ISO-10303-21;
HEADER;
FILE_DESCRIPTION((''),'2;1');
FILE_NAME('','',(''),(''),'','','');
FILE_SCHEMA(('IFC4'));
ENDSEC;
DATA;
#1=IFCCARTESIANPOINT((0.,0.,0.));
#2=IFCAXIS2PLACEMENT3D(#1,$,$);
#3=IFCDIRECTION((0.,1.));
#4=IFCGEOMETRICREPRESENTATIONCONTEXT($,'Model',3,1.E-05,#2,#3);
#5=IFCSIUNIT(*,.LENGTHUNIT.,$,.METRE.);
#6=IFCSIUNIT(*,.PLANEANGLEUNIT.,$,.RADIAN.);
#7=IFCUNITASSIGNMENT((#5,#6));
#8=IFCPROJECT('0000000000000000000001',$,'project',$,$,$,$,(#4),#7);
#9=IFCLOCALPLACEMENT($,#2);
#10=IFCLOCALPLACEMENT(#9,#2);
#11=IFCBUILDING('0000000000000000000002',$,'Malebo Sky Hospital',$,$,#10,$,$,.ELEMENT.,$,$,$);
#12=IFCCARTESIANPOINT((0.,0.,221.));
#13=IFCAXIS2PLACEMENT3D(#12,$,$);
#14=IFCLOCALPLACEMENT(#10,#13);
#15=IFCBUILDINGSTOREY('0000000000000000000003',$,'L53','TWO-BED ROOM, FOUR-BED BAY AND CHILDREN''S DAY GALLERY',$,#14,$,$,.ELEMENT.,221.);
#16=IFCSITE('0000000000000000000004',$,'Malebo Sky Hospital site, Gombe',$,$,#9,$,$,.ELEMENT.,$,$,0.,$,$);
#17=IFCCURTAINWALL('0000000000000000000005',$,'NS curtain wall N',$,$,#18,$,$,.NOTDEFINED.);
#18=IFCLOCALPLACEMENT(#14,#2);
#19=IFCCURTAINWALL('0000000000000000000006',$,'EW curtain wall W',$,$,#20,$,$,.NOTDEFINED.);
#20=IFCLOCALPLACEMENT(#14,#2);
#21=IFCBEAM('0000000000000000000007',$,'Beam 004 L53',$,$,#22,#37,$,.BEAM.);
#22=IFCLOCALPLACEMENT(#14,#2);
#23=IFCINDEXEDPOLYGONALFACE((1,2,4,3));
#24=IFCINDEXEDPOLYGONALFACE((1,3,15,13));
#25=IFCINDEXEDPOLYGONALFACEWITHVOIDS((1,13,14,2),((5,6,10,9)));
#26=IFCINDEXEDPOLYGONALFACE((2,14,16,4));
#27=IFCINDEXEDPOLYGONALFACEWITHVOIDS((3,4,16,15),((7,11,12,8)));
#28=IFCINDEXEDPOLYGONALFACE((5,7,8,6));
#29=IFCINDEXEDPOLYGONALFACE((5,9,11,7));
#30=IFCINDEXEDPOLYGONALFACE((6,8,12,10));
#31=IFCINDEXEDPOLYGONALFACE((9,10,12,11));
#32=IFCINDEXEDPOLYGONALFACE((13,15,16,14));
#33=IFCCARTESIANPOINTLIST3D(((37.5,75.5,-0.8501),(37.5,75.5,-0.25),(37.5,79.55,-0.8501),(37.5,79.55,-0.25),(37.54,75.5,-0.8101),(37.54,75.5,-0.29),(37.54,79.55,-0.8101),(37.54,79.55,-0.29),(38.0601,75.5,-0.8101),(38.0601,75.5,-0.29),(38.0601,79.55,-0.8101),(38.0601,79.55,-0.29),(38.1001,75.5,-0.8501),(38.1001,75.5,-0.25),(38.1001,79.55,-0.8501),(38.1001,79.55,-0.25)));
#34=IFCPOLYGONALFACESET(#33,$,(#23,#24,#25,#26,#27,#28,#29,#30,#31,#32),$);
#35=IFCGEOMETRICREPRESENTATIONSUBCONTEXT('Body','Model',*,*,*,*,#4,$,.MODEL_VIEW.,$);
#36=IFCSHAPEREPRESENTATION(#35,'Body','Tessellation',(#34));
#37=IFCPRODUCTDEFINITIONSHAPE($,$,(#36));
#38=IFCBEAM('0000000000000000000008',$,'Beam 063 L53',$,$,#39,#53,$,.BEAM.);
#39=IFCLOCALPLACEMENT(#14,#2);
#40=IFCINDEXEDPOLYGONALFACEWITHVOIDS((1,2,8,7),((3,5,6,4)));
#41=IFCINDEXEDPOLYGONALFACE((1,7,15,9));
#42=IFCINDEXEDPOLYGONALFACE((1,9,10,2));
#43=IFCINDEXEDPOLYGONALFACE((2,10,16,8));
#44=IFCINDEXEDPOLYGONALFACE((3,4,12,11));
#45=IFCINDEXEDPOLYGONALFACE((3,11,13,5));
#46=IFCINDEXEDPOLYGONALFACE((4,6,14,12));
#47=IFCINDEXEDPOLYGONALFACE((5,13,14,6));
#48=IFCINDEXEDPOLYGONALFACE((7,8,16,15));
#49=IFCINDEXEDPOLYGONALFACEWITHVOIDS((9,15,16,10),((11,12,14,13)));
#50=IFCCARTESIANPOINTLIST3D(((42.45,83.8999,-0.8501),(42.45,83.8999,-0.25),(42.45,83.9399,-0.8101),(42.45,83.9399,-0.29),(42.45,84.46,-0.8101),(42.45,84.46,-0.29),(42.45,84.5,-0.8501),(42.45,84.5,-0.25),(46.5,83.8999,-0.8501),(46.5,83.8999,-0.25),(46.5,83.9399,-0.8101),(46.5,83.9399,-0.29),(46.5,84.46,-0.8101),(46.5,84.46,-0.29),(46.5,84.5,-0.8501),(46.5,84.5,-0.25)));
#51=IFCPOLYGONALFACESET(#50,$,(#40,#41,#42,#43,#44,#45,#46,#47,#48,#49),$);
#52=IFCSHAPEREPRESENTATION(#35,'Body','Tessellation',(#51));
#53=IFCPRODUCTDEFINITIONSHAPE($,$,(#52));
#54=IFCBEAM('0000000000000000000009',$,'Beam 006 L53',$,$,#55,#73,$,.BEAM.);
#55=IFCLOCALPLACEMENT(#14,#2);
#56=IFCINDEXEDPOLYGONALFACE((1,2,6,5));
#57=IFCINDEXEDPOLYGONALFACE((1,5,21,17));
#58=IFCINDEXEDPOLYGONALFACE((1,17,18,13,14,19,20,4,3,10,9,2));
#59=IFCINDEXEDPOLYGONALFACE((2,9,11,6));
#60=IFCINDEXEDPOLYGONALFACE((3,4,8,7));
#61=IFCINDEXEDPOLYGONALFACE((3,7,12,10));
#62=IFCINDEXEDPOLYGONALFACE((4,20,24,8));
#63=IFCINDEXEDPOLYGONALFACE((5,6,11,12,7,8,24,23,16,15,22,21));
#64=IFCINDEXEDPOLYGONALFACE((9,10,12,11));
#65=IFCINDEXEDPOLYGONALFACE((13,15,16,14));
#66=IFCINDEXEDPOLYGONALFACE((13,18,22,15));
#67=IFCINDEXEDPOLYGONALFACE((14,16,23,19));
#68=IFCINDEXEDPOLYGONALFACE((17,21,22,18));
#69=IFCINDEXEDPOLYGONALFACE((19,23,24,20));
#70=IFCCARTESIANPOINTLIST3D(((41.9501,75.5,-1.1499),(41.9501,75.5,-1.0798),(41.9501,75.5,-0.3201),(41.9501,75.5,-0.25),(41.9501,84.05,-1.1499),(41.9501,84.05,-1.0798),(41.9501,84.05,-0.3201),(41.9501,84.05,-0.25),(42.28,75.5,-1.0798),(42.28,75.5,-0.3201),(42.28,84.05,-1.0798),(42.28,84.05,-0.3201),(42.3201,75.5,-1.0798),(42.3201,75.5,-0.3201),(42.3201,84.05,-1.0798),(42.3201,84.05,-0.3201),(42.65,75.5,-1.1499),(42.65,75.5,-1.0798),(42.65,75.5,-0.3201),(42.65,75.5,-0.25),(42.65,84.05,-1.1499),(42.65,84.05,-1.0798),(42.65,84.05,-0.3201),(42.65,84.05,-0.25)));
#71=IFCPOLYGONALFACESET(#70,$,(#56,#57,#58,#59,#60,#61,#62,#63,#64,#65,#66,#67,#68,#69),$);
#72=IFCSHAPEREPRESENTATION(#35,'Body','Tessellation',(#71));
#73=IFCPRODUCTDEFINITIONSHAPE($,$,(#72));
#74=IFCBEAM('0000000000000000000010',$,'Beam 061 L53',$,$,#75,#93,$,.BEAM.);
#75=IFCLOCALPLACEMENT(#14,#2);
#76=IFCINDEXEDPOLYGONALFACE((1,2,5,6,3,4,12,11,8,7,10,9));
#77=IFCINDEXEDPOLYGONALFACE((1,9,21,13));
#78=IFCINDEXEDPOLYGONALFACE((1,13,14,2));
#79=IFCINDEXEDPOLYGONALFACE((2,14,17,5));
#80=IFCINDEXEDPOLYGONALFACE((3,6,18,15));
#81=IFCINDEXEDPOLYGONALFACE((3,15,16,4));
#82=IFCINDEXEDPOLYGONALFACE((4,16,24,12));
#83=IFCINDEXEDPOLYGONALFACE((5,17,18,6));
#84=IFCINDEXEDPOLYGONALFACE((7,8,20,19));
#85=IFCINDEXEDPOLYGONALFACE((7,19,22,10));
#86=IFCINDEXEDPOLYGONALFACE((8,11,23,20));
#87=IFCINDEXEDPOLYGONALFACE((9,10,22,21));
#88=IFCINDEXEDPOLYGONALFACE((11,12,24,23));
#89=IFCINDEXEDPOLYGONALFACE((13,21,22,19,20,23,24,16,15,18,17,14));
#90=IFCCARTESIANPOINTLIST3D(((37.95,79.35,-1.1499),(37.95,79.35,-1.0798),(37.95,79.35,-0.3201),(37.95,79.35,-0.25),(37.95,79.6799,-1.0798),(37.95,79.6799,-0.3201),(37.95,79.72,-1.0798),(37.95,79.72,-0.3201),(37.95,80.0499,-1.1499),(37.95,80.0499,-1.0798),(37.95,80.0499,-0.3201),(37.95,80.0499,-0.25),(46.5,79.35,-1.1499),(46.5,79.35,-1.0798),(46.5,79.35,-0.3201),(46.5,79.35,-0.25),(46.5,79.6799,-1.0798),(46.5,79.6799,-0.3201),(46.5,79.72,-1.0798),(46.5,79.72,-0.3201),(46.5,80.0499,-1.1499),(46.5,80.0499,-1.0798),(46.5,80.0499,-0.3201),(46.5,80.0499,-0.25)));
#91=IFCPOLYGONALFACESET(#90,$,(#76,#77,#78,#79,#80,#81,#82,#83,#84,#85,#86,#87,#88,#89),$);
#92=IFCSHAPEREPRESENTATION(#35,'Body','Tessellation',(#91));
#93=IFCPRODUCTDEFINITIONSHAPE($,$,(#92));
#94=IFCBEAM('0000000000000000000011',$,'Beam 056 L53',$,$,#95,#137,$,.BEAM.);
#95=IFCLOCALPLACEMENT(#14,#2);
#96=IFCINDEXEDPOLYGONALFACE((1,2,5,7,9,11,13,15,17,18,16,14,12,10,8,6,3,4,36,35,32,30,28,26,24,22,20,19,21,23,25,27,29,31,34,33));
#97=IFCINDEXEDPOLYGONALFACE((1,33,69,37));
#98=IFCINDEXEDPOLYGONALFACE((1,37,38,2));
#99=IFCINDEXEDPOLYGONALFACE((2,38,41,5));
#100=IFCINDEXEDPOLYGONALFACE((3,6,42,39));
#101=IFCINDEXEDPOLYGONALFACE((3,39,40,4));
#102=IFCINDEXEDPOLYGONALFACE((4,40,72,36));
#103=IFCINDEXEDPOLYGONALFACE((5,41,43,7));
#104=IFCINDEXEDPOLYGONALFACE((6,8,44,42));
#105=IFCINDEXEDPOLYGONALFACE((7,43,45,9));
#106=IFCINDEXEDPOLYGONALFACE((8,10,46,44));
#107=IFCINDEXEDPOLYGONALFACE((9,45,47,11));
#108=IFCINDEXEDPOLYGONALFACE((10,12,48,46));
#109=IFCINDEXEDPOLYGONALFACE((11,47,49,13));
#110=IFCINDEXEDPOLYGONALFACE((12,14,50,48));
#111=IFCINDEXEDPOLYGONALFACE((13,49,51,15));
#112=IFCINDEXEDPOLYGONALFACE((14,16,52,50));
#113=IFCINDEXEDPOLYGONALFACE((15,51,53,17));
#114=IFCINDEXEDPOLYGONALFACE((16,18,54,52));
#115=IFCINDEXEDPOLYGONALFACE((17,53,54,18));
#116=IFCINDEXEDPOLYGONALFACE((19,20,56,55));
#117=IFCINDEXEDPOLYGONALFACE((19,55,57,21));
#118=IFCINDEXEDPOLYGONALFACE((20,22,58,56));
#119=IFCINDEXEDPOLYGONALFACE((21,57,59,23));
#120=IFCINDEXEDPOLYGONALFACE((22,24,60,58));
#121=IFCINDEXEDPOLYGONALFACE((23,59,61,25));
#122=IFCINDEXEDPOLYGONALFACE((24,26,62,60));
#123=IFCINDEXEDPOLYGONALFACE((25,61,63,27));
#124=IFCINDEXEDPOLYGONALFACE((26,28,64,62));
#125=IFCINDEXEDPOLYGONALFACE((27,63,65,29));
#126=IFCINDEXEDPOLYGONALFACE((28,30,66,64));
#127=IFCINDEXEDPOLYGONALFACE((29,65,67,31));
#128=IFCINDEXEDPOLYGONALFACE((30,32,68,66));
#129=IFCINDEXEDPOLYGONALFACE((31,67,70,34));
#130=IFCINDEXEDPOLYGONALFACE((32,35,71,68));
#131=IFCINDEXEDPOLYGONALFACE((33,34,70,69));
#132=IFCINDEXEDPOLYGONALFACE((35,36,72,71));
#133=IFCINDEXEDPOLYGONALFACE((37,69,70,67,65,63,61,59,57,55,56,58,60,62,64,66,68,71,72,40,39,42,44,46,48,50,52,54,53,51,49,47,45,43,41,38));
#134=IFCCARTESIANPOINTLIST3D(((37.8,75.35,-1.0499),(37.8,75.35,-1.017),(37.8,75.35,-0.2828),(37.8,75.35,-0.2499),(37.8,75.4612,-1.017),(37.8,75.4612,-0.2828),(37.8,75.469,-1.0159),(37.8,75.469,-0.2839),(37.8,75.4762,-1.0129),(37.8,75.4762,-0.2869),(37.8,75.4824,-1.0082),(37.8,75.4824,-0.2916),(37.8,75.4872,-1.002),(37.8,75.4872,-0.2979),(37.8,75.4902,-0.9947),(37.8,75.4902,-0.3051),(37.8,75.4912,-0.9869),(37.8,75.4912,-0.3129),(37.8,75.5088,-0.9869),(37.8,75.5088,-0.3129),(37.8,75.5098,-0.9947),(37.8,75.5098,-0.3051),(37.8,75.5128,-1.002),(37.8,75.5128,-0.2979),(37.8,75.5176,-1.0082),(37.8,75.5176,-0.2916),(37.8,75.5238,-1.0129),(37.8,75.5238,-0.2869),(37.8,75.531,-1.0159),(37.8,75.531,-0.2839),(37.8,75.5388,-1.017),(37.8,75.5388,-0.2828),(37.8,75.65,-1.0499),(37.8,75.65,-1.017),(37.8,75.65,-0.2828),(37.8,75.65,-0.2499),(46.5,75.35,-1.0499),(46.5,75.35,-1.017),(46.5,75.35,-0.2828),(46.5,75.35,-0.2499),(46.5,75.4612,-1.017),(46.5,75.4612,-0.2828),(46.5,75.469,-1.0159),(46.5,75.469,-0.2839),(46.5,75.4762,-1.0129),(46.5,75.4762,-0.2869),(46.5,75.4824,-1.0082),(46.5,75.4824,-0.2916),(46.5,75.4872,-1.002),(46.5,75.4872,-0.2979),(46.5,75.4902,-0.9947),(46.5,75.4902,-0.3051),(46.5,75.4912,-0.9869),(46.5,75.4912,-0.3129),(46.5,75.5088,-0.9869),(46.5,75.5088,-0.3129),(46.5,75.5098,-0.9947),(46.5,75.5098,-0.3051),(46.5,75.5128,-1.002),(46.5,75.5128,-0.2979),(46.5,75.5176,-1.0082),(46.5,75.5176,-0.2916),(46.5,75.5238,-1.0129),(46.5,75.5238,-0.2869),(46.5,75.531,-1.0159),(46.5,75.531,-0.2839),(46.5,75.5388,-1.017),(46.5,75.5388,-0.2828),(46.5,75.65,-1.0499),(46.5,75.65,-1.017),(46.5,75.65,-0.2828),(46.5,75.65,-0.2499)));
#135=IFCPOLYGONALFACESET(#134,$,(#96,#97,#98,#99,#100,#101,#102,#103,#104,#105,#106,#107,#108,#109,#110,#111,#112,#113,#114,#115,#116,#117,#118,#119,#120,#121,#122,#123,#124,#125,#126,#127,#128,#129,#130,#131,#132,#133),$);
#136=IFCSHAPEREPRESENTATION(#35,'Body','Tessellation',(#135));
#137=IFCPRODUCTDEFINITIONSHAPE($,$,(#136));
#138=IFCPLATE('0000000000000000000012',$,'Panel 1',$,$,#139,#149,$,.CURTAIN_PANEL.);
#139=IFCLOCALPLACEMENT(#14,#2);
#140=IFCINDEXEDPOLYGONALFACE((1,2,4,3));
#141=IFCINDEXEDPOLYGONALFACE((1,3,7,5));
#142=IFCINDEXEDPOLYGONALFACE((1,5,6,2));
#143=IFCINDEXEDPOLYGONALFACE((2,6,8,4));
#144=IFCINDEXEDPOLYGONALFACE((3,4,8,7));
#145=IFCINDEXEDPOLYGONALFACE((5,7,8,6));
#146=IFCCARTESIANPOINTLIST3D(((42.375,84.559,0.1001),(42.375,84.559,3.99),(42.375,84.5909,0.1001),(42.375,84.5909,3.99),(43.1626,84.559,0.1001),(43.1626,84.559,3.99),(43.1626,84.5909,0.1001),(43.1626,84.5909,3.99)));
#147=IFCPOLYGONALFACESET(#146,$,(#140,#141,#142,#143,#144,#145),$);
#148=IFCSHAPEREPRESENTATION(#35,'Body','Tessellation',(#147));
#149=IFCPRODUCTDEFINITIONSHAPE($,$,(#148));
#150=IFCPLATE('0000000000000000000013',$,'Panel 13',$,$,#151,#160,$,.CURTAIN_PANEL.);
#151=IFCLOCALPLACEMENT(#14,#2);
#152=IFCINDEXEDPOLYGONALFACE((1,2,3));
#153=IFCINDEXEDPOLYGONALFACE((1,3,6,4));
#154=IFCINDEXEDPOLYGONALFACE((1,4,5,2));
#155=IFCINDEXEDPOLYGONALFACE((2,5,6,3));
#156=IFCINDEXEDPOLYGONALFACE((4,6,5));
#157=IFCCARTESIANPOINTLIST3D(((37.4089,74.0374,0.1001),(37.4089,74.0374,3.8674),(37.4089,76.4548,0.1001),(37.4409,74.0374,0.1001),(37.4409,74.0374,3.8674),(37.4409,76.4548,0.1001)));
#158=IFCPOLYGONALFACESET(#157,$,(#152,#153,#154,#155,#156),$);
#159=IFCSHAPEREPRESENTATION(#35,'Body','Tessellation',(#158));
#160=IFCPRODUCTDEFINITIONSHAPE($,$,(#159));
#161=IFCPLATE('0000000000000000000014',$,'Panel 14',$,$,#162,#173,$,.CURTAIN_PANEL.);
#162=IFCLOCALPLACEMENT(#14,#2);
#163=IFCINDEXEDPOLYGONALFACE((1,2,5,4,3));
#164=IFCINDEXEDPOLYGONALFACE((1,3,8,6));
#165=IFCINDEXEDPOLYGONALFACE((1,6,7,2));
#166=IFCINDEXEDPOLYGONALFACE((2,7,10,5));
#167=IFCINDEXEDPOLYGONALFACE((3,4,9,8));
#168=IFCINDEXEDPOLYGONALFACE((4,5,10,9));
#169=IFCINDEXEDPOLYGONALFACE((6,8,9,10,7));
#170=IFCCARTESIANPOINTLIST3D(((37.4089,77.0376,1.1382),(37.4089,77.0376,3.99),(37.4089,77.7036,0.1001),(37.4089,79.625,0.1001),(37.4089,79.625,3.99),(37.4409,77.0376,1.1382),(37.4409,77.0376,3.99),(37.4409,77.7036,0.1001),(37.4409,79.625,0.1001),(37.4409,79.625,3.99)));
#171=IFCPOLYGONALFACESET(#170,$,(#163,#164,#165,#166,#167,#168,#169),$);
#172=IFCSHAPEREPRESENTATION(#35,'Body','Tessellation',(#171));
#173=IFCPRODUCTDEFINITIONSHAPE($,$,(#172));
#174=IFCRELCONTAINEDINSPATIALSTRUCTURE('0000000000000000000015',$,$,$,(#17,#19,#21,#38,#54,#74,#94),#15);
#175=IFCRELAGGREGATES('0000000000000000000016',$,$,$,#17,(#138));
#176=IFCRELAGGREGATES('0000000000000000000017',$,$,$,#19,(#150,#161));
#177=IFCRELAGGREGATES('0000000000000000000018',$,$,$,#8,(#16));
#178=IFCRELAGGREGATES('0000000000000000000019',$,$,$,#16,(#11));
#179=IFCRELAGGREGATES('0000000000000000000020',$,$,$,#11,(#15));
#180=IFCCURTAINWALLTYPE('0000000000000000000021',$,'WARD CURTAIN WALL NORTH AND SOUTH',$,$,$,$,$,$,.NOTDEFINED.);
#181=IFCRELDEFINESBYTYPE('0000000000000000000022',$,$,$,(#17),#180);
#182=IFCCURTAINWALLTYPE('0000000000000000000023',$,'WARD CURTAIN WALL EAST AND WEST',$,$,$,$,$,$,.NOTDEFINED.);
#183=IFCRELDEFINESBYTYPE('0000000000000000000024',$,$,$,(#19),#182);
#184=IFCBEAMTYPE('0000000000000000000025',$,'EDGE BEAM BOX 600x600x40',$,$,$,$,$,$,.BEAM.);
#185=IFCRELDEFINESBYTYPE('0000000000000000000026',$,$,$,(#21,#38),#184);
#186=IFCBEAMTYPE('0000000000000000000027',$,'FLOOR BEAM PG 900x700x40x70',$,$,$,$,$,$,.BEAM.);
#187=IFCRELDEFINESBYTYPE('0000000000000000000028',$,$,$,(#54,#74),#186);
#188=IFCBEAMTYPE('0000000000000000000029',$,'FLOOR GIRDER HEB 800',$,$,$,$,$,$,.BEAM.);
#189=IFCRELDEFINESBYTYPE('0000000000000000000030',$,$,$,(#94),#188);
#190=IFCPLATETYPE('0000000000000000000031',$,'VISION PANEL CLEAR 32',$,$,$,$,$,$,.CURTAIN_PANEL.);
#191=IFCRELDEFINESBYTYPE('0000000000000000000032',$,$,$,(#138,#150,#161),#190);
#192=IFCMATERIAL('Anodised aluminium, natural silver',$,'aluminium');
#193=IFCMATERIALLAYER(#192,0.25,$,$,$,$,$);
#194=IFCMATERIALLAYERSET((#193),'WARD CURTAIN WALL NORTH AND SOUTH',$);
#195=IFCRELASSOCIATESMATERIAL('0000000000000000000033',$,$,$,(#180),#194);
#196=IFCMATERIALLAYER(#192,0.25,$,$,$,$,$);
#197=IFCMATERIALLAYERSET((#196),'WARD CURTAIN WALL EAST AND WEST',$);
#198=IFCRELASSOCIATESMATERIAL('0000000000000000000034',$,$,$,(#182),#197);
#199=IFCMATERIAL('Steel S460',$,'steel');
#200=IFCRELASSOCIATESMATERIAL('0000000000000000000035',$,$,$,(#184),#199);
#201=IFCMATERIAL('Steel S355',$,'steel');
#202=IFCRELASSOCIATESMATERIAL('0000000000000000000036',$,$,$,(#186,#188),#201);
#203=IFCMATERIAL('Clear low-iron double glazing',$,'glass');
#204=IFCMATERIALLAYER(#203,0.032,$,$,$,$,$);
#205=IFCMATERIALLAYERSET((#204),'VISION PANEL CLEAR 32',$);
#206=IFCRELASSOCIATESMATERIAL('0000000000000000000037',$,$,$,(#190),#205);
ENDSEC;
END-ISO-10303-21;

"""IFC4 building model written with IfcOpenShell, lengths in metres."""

from ifc_helpers import new_model, si_unit, direction, frame, origin, origin_2d, place, context, subcontext, project, spatial, polyline, rectangle, hollow_rectangle, i_section, outline, extrude, material, layer, layer_set, material_profile, profile_set, type_object, element, aggregate, save


model = new_model("IFC4")

# Units and contexts
model_context = context("Model", 3, precision=1e-05, world=origin(), true_north=direction((0.0, 1.0)))
body_context = subcontext(model_context, "Body", "Model", "MODEL_VIEW")
ifc_project = project(units=[si_unit("LENGTHUNIT", "METRE"), si_unit("PLANEANGLEUNIT", "RADIAN")], contexts=[model_context])

# Site, building, storey
site_placement = place(None, origin())
site = spatial("IfcSite", under=ifc_project, at=site_placement, Name="Malebo Sky Hospital site, Gombe", CompositionType="ELEMENT", RefElevation=0.0)
building_placement = place(site_placement, origin())
building = spatial("IfcBuilding", under=site, at=building_placement, Name="Malebo Sky Hospital", CompositionType="ELEMENT")
storey_placement = place(building_placement, frame((0.0, 0.0, 221.0)))
storey = spatial("IfcBuildingStorey", under=building, at=storey_placement, Name="L53", Description="TWO-BED ROOM, FOUR-BED BAY AND CHILDREN'S DAY GALLERY", CompositionType="ELEMENT", Elevation=221.0)

# Shared definitions
ifc_material_1 = material(Name="Steel S460", Category="steel")

# Curtain wall
ifc_material_2 = material(Name="Anodised aluminium, natural silver", Category="aluminium")
ifc_layer_1 = layer(ifc_material_2, 0.25)
ifc_layer_set_1 = layer_set([ifc_layer_1], Name="WARD CURTAIN WALL NORTH AND SOUTH")
curtain_wall_type_1 = type_object("IfcCurtainWallType", Name="WARD CURTAIN WALL NORTH AND SOUTH", PredefinedType="NOTDEFINED", material=ifc_layer_set_1)
curtain_wall_1_placement = place(storey_placement, origin())
curtain_wall_1 = element("IfcCurtainWall", 1, at=curtain_wall_1_placement, inside=storey, type_object=curtain_wall_type_1, Name="NS curtain wall N", PredefinedType="NOTDEFINED")

# Curtain wall
ifc_layer_2 = layer(ifc_material_2, 0.25)
ifc_layer_set_2 = layer_set([ifc_layer_2], Name="WARD CURTAIN WALL EAST AND WEST")
curtain_wall_type_2 = type_object("IfcCurtainWallType", Name="WARD CURTAIN WALL EAST AND WEST", PredefinedType="NOTDEFINED", material=ifc_layer_set_2)
curtain_wall_2_placement = place(storey_placement, origin())
curtain_wall_2 = element("IfcCurtainWall", 2, at=curtain_wall_2_placement, inside=storey, type_object=curtain_wall_type_2, Name="EW curtain wall W", PredefinedType="NOTDEFINED")

# Shared definitions
ifc_material_3 = material(Name="Steel S355", Category="steel")

# Beams
ifc_material_profile_1 = material_profile(ifc_material_1, hollow_rectangle(XDim=0.6001, YDim=0.6001, WallThickness=0.04, at=origin_2d()), Name="BOX 600x600x40")
ifc_profile_set_1 = profile_set([ifc_material_profile_1], Name="Steel S460")
beam_type_1 = type_object("IfcBeamType", Name="EDGE BEAM BOX 600x600x40", PredefinedType="BEAM", material=ifc_profile_set_1)
for number, where, z_axis, x_axis, name in (
    (3, (37.8, 75.5, -0.55), (0.0, 1.0, 0.0), (-1.0, 0.0, 0.0), "Beam 004 L53"),
    (4, (42.45, 84.2, -0.55), (1.0, 0.0, 0.0), (0.0, 1.0, 0.0), "Beam 063 L53"),
):
    element("IfcBeam", number, at=place(storey_placement, frame(where, z_axis=z_axis, x_axis=x_axis)), inside=storey, type_object=beam_type_1, Name=name, PredefinedType="BEAM", context=body_context, shape_type="SweptSolid", body=[
        extrude(hollow_rectangle(XDim=0.6001, YDim=0.6001, WallThickness=0.04, at=origin_2d()), origin(), (0.0, 0.0, 1.0), 4.05),
    ])
ifc_material_profile_2 = material_profile(ifc_material_3, i_section(OverallWidth=0.7, OverallDepth=0.8999, WebThickness=0.04, FlangeThickness=0.0701, at=origin_2d()), Name="PG 900x700x40x70")
ifc_profile_set_2 = profile_set([ifc_material_profile_2], Name="Steel S355")
beam_type_2 = type_object("IfcBeamType", Name="FLOOR BEAM PG 900x700x40x70", PredefinedType="BEAM", material=ifc_profile_set_2)
for number, where, z_axis, x_axis, name in (
    (5, (42.3, 75.5, -0.7), (0.0, 1.0, 0.0), (-1.0, 0.0, 0.0), "Beam 006 L53"),
    (6, (37.95, 79.7, -0.7), (1.0, 0.0, 0.0), (0.0, 1.0, 0.0), "Beam 061 L53"),
):
    element("IfcBeam", number, at=place(storey_placement, frame(where, z_axis=z_axis, x_axis=x_axis)), inside=storey, type_object=beam_type_2, Name=name, PredefinedType="BEAM", context=body_context, shape_type="SweptSolid", body=[
        extrude(i_section(OverallWidth=0.7, OverallDepth=0.8999, WebThickness=0.04, FlangeThickness=0.0701, at=origin_2d()), origin(), (0.0, 0.0, 1.0), 8.55),
    ])
ifc_material_profile_3 = material_profile(ifc_material_3, i_section(OverallWidth=0.3, OverallDepth=0.8, WebThickness=0.0176, FlangeThickness=0.033, FilletRadius=0.03, at=origin_2d()), Name="HEB 800")
ifc_profile_set_3 = profile_set([ifc_material_profile_3], Name="Steel S355")
beam_type_3 = type_object("IfcBeamType", Name="FLOOR GIRDER HEB 800", PredefinedType="BEAM", material=ifc_profile_set_3)
beam_placement = place(storey_placement, frame((37.8, 75.5, -0.6499), z_axis=(1.0, 0.0, 0.0), x_axis=(0.0, 1.0, 0.0)))
element("IfcBeam", 7, at=beam_placement, inside=storey, type_object=beam_type_3, Name="Beam 056 L53", PredefinedType="BEAM", context=body_context, shape_type="SweptSolid", body=[
    extrude(i_section(OverallWidth=0.3, OverallDepth=0.8, WebThickness=0.0176, FlangeThickness=0.033, FilletRadius=0.03, at=origin_2d()), origin(), (0.0, 0.0, 1.0), 8.7),
])

# Plates
ifc_material_4 = material(Name="Clear low-iron double glazing", Category="glass")
ifc_layer_3 = layer(ifc_material_4, 0.032)
ifc_layer_set_3 = layer_set([ifc_layer_3], Name="VISION PANEL CLEAR 32")
plate_type = type_object("IfcPlateType", Name="VISION PANEL CLEAR 32", PredefinedType="CURTAIN_PANEL", material=ifc_layer_set_3)
plate_1_placement = place(storey_placement, frame((42.7688, 84.575, 0.1001), z_axis=(0.0, 0.0, 1.0), x_axis=(1.0, 0.0, 0.0)))
plate_1 = element("IfcPlate", 8, at=plate_1_placement, type_object=plate_type, Name="Panel 1", PredefinedType="CURTAIN_PANEL", context=body_context, shape_type="SweptSolid", body=[
    extrude(rectangle(XDim=0.7876, YDim=0.032, at=origin_2d()), origin(), (0.0, 0.0, 1.0), 3.8899),
])
aggregate(curtain_wall_1, [plate_1])
plate_2_placement = place(storey_placement, frame((37.425, 75.2461, 0.1001), z_axis=(0.0, 0.0, 1.0), x_axis=(0.0, 1.0, 0.0)))
plate_2 = element("IfcPlate", 9, at=plate_2_placement, type_object=plate_type, Name="Panel 13", PredefinedType="CURTAIN_PANEL", context=body_context, shape_type="SweptSolid", body=[
    extrude(outline(polyline([(-1.2087, 0.0), (1.2087, 0.0), (-1.2087, 3.7673), (-1.2087, 0.0)])), frame((0.0, 0.0161, 0.0), z_axis=(0.0, -1.0, 0.0), x_axis=(1.0, 0.0, 0.0)), (0.0, 0.0, 1.0), 0.032),
])
plate_3_placement = place(storey_placement, frame((37.425, 78.3313, 0.1001), z_axis=(0.0, 0.0, 1.0), x_axis=(0.0, 1.0, 0.0)))
plate_3 = element("IfcPlate", 10, at=plate_3_placement, type_object=plate_type, Name="Panel 14", PredefinedType="CURTAIN_PANEL", context=body_context, shape_type="SweptSolid", body=[
    extrude(outline(polyline([(-0.6277, 0.0), (1.2937, 0.0), (1.2937, 3.8899), (-1.2937, 3.8899), (-1.2937, 1.0381), (-0.6277, 0.0)])), frame((0.0, 0.0161, 0.0), z_axis=(0.0, -1.0, 0.0), x_axis=(1.0, 0.0, 0.0)), (0.0, 0.0, 1.0), 0.032),
])
aggregate(curtain_wall_2, [plate_2, plate_3])

save(model, "model.ifc")
